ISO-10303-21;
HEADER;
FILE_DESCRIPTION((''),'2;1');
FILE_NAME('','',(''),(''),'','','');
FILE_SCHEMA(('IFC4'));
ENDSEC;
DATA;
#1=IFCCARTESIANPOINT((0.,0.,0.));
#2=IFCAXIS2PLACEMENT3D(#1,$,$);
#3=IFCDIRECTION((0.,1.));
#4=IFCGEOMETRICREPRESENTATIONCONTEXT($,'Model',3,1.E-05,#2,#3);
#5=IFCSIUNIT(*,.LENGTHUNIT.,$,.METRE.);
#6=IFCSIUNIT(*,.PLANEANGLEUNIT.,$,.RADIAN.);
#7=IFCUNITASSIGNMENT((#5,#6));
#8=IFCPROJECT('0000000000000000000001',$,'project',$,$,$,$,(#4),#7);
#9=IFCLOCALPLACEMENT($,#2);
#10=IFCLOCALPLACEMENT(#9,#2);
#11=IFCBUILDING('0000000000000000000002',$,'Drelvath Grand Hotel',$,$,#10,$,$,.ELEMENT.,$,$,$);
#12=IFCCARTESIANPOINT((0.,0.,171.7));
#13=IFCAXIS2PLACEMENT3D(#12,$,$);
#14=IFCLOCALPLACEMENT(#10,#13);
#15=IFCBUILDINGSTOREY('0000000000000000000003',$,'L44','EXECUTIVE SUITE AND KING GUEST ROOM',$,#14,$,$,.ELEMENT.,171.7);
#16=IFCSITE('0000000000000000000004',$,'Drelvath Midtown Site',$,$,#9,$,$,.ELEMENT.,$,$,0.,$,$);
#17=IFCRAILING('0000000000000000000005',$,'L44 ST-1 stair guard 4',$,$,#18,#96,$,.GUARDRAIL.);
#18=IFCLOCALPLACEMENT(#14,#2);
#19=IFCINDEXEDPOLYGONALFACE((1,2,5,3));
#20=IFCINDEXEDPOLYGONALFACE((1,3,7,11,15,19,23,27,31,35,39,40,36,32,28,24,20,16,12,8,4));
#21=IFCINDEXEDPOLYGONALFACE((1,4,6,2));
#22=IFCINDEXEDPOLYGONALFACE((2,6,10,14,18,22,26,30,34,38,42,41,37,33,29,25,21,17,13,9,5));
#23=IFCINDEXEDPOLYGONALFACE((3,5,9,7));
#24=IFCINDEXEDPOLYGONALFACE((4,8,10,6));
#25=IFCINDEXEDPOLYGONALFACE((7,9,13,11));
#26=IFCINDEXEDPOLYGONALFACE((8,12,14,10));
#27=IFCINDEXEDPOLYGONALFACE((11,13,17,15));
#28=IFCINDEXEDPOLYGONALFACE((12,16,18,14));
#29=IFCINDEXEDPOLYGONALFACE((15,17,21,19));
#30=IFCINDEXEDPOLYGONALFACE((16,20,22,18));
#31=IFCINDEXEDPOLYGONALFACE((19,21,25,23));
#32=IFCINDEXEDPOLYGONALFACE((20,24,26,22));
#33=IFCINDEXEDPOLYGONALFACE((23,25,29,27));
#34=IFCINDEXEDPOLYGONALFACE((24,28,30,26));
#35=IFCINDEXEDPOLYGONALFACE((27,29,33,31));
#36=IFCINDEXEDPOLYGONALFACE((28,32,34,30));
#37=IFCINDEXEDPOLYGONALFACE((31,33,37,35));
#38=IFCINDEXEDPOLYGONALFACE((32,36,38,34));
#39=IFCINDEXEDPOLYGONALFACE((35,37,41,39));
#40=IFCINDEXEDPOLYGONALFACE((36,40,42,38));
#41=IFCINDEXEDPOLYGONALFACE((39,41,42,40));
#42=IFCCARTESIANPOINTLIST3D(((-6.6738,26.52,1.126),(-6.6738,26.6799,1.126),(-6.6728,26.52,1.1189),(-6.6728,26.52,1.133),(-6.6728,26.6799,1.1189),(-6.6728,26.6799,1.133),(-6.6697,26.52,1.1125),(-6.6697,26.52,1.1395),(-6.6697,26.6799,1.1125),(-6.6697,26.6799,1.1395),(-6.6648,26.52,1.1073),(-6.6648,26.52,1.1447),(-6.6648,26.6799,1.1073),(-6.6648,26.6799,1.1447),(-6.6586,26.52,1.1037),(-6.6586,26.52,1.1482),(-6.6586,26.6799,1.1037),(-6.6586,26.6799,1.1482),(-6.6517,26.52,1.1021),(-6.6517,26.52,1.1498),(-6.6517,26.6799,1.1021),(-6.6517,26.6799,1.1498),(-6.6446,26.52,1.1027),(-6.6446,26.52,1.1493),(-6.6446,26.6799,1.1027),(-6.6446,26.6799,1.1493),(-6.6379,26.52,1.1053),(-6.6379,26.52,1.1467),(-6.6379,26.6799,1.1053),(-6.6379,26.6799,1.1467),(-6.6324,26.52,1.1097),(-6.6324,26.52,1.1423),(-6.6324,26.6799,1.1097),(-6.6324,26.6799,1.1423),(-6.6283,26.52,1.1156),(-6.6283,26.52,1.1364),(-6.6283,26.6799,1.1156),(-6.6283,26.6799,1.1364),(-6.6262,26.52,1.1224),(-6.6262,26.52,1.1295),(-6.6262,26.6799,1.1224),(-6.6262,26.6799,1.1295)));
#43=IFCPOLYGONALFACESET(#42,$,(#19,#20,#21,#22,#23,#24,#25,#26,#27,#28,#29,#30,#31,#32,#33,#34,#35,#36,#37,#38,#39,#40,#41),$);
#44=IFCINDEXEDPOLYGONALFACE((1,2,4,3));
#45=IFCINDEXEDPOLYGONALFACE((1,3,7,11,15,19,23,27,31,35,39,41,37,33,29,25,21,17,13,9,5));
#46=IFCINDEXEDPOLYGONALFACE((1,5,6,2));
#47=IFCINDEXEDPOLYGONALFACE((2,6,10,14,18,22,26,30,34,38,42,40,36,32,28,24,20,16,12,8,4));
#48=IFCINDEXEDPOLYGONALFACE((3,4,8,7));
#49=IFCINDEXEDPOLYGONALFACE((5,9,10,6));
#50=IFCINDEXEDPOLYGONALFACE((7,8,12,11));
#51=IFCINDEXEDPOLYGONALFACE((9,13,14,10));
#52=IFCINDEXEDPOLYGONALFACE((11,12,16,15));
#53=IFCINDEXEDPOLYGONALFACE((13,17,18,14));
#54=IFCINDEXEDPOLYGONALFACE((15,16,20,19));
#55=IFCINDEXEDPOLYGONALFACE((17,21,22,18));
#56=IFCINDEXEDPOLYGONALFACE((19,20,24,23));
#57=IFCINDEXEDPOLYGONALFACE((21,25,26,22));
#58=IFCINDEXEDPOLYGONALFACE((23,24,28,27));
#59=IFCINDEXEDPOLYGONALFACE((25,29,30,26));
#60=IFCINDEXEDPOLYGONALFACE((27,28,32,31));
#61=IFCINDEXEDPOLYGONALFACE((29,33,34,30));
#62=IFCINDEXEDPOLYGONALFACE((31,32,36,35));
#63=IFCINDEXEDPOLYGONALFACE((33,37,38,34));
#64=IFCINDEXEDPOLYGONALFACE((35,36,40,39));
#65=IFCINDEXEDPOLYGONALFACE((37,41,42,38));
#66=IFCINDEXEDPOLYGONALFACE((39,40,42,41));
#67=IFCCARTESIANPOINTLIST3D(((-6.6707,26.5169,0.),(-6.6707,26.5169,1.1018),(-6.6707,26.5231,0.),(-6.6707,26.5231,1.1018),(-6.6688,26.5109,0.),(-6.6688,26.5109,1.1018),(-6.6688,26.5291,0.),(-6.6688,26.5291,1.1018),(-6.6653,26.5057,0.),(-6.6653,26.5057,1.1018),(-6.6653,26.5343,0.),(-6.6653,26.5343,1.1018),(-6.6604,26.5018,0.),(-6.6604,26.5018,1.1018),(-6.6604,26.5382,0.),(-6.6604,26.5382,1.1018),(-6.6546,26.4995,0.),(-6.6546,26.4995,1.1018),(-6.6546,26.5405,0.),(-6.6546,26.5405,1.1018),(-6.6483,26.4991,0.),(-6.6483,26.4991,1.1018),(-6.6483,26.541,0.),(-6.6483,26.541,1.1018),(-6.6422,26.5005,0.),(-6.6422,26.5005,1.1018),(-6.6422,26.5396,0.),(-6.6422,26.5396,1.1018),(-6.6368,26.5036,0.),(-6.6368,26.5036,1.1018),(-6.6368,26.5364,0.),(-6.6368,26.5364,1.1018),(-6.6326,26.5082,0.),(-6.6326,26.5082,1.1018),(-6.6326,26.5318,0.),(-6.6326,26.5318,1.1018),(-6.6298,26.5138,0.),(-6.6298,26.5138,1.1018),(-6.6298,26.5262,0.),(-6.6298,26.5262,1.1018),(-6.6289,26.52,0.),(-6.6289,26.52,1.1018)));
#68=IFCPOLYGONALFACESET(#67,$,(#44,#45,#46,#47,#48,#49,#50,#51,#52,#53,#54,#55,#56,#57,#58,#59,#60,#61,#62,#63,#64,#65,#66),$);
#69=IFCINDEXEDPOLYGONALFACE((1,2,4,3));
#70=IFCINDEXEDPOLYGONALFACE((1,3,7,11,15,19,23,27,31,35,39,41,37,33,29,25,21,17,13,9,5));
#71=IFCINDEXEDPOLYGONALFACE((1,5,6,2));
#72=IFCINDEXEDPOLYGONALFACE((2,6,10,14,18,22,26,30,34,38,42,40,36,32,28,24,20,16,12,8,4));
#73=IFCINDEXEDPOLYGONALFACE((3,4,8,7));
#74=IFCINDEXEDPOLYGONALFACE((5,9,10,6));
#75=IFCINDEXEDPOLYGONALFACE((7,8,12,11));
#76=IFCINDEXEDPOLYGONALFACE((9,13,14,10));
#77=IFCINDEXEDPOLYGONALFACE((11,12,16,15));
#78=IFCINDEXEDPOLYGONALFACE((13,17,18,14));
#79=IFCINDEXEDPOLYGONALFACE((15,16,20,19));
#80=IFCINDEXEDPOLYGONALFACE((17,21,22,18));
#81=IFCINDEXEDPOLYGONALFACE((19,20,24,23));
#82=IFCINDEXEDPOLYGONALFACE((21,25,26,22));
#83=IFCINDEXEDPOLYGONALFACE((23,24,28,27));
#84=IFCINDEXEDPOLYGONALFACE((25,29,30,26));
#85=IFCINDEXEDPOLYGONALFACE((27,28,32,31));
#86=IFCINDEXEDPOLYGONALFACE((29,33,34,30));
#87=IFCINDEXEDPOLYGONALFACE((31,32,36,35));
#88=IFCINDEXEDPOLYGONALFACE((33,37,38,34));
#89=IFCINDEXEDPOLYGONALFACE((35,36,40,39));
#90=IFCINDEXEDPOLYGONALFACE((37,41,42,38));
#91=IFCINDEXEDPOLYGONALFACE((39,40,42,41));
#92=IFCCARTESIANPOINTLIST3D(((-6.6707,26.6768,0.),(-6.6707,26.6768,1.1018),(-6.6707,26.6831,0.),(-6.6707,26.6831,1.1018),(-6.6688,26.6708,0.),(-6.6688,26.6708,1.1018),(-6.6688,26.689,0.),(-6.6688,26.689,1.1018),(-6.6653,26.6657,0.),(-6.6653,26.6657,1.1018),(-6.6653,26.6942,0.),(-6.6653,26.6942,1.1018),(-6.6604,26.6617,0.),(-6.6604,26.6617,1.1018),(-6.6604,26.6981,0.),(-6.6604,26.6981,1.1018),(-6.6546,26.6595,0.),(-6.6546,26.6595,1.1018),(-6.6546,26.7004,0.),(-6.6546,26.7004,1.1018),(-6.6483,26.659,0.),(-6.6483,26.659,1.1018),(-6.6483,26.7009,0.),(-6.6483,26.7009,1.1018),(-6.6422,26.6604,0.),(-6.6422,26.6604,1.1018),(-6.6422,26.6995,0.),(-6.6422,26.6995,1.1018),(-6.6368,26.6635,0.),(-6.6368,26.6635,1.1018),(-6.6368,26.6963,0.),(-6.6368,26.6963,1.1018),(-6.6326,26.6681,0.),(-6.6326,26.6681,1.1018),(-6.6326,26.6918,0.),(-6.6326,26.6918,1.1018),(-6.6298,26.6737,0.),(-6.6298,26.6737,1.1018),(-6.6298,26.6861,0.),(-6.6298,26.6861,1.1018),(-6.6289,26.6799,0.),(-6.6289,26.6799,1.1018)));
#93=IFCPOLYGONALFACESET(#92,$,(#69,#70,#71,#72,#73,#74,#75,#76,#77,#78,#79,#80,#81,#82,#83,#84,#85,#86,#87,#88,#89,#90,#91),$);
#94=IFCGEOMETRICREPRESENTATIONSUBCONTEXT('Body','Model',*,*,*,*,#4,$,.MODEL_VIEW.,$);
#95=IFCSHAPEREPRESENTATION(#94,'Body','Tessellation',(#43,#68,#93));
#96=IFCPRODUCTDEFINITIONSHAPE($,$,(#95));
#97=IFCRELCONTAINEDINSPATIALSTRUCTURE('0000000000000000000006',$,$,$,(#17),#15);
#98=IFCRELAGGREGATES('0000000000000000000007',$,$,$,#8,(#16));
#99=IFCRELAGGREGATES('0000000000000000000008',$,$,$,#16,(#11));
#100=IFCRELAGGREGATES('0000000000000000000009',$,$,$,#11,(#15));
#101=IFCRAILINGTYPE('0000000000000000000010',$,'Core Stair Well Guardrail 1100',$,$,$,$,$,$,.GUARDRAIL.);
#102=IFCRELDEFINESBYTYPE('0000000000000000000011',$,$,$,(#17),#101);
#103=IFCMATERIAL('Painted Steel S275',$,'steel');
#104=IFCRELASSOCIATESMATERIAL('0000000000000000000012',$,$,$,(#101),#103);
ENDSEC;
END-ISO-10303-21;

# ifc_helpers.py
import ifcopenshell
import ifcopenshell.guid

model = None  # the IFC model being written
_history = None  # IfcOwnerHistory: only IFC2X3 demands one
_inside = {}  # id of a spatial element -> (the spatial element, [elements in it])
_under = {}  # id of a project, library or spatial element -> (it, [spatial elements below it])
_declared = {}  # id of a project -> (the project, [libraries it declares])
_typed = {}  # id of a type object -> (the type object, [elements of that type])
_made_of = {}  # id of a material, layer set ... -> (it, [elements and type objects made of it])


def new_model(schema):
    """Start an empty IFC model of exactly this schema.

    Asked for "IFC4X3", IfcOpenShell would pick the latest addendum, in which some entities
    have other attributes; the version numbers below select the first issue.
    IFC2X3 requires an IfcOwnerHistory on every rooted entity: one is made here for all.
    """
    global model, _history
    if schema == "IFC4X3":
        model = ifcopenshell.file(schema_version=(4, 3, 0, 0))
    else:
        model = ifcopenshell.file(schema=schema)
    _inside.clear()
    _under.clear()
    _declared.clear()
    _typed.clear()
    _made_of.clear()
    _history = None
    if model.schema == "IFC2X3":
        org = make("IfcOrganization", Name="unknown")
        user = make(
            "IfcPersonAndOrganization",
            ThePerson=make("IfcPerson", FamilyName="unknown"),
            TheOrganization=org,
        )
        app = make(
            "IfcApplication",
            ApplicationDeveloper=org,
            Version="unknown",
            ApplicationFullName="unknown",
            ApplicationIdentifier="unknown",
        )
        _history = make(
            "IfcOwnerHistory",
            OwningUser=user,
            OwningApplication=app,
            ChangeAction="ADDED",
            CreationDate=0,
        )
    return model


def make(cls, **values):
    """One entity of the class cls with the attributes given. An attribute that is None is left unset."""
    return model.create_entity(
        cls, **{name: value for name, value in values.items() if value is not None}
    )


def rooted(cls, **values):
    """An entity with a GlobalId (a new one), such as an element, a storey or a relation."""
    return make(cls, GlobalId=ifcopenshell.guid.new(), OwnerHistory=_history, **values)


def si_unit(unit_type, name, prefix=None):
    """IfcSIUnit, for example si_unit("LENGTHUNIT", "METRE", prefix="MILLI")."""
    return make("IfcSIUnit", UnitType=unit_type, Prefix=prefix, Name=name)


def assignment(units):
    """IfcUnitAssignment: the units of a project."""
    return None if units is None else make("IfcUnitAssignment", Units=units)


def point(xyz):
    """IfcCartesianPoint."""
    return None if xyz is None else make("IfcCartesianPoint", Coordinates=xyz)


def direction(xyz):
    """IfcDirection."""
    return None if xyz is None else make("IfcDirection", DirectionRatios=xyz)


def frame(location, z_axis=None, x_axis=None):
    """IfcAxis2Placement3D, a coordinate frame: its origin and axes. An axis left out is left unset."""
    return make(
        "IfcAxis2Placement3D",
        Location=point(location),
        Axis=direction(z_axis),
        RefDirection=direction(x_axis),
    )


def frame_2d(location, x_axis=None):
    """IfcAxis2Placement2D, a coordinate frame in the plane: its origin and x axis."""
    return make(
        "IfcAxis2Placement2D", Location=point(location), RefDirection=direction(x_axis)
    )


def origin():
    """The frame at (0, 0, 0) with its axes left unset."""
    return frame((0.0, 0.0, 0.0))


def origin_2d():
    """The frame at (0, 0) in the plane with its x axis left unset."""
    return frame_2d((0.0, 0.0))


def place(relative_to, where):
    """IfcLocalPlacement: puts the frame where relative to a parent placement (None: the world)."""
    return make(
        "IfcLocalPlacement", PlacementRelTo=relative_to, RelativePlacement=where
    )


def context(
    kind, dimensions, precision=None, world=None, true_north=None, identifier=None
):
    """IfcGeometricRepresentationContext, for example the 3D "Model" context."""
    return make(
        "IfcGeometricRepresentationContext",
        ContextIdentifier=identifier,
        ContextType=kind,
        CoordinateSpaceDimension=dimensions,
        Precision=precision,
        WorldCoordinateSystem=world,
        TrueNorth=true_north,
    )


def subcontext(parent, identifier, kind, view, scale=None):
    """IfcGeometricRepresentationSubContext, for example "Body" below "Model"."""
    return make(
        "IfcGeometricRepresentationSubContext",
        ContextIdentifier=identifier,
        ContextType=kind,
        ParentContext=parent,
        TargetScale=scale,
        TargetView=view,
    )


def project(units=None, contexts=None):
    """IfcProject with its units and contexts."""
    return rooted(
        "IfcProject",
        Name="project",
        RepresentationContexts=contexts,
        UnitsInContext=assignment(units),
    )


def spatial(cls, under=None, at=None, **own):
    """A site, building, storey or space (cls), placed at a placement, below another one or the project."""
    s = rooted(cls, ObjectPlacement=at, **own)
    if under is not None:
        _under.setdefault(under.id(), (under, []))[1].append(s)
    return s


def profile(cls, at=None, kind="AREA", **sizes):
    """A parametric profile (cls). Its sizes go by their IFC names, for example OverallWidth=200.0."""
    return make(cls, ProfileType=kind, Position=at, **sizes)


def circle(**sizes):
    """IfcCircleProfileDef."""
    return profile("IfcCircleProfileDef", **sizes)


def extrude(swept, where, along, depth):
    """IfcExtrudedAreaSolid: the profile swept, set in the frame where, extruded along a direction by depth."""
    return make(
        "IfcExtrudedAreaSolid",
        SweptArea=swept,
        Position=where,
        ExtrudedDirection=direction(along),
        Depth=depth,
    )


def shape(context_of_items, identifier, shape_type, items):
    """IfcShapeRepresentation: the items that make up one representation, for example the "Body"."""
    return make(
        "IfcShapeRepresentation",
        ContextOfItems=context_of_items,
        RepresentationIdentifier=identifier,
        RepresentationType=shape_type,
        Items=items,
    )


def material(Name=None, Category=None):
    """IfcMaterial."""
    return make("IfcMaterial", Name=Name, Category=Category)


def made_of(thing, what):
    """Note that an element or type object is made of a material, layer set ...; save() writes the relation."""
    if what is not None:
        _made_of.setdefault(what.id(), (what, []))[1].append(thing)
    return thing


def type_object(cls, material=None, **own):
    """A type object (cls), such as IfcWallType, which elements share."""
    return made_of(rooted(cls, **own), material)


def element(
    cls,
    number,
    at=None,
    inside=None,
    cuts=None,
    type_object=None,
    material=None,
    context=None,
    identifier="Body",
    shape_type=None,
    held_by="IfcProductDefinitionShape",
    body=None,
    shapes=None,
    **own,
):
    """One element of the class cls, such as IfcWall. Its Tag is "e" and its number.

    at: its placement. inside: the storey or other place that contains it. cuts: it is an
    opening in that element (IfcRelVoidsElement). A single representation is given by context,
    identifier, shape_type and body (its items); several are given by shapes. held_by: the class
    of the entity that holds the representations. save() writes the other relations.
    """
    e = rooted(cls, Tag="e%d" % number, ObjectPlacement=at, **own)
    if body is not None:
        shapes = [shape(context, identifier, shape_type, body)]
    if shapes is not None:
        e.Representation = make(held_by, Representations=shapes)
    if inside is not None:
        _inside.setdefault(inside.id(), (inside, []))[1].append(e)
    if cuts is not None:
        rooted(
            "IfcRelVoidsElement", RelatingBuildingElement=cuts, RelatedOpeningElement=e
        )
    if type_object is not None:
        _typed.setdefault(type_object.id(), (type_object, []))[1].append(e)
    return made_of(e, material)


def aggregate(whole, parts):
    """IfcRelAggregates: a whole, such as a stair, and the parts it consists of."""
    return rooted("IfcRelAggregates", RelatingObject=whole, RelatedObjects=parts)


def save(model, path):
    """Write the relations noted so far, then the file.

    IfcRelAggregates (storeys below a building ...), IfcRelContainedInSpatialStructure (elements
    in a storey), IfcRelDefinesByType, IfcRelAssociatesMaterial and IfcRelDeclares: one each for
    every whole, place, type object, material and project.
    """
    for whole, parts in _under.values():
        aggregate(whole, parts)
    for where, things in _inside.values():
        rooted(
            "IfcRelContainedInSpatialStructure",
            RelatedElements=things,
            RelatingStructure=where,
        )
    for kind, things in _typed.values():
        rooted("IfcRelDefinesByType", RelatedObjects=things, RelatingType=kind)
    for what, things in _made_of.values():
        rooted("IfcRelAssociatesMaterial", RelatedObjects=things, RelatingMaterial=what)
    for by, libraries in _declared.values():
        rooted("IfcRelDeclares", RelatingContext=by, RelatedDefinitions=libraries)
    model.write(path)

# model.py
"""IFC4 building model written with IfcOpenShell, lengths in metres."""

from ifc_helpers import new_model, si_unit, direction, frame, origin, origin_2d, place, context, subcontext, project, spatial, circle, extrude, material, type_object, element, save


model = new_model("IFC4")

# Units and contexts
model_context = context("Model", 3, precision=1e-05, world=origin(), true_north=direction((0.0, 1.0)))
body_context = subcontext(model_context, "Body", "Model", "MODEL_VIEW")
ifc_project = project(units=[si_unit("LENGTHUNIT", "METRE"), si_unit("PLANEANGLEUNIT", "RADIAN")], contexts=[model_context])

# Site, building, storey
site_placement = place(None, origin())
site = spatial("IfcSite", under=ifc_project, at=site_placement, Name="Drelvath Midtown Site", CompositionType="ELEMENT", RefElevation=0.0)
building_placement = place(site_placement, origin())
building = spatial("IfcBuilding", under=site, at=building_placement, Name="Drelvath Grand Hotel", CompositionType="ELEMENT")
storey_placement = place(building_placement, frame((0.0, 0.0, 171.7)))
storey = spatial("IfcBuildingStorey", under=building, at=storey_placement, Name="L44", Description="EXECUTIVE SUITE AND KING GUEST ROOM", CompositionType="ELEMENT", Elevation=171.7)

# Shared definitions
ifc_material_1 = material(Name="Painted Steel S275", Category="steel")

# Railing
railing_type_1 = type_object("IfcRailingType", Name="Core Stair Well Guardrail 1100", PredefinedType="GUARDRAIL", material=ifc_material_1)
railing_1_placement = place(storey_placement, frame((-6.6499, 26.52, 0.0)))
element("IfcRailing", 1, at=railing_1_placement, inside=storey, type_object=railing_type_1, Name="L44 ST-1 stair guard 4", PredefinedType="GUARDRAIL", context=body_context, shape_type="SweptSolid", body=[
    extrude(circle(Radius=0.0239, at=origin_2d()), frame((0.0, 0.0, 1.126), z_axis=(0.0, 1.0, 0.0), x_axis=(-1.0, 0.0, 0.0)), (0.0, 0.0, 1.0), 0.1599),
    extrude(circle(Radius=0.021, at=origin_2d()), origin(), (0.0, 0.0, 1.0), 1.1018),
    extrude(circle(Radius=0.021, at=origin_2d()), frame((0.0, 0.1599, 0.0)), (0.0, 0.0, 1.0), 1.1018),
])

save(model, "model.ifc")
